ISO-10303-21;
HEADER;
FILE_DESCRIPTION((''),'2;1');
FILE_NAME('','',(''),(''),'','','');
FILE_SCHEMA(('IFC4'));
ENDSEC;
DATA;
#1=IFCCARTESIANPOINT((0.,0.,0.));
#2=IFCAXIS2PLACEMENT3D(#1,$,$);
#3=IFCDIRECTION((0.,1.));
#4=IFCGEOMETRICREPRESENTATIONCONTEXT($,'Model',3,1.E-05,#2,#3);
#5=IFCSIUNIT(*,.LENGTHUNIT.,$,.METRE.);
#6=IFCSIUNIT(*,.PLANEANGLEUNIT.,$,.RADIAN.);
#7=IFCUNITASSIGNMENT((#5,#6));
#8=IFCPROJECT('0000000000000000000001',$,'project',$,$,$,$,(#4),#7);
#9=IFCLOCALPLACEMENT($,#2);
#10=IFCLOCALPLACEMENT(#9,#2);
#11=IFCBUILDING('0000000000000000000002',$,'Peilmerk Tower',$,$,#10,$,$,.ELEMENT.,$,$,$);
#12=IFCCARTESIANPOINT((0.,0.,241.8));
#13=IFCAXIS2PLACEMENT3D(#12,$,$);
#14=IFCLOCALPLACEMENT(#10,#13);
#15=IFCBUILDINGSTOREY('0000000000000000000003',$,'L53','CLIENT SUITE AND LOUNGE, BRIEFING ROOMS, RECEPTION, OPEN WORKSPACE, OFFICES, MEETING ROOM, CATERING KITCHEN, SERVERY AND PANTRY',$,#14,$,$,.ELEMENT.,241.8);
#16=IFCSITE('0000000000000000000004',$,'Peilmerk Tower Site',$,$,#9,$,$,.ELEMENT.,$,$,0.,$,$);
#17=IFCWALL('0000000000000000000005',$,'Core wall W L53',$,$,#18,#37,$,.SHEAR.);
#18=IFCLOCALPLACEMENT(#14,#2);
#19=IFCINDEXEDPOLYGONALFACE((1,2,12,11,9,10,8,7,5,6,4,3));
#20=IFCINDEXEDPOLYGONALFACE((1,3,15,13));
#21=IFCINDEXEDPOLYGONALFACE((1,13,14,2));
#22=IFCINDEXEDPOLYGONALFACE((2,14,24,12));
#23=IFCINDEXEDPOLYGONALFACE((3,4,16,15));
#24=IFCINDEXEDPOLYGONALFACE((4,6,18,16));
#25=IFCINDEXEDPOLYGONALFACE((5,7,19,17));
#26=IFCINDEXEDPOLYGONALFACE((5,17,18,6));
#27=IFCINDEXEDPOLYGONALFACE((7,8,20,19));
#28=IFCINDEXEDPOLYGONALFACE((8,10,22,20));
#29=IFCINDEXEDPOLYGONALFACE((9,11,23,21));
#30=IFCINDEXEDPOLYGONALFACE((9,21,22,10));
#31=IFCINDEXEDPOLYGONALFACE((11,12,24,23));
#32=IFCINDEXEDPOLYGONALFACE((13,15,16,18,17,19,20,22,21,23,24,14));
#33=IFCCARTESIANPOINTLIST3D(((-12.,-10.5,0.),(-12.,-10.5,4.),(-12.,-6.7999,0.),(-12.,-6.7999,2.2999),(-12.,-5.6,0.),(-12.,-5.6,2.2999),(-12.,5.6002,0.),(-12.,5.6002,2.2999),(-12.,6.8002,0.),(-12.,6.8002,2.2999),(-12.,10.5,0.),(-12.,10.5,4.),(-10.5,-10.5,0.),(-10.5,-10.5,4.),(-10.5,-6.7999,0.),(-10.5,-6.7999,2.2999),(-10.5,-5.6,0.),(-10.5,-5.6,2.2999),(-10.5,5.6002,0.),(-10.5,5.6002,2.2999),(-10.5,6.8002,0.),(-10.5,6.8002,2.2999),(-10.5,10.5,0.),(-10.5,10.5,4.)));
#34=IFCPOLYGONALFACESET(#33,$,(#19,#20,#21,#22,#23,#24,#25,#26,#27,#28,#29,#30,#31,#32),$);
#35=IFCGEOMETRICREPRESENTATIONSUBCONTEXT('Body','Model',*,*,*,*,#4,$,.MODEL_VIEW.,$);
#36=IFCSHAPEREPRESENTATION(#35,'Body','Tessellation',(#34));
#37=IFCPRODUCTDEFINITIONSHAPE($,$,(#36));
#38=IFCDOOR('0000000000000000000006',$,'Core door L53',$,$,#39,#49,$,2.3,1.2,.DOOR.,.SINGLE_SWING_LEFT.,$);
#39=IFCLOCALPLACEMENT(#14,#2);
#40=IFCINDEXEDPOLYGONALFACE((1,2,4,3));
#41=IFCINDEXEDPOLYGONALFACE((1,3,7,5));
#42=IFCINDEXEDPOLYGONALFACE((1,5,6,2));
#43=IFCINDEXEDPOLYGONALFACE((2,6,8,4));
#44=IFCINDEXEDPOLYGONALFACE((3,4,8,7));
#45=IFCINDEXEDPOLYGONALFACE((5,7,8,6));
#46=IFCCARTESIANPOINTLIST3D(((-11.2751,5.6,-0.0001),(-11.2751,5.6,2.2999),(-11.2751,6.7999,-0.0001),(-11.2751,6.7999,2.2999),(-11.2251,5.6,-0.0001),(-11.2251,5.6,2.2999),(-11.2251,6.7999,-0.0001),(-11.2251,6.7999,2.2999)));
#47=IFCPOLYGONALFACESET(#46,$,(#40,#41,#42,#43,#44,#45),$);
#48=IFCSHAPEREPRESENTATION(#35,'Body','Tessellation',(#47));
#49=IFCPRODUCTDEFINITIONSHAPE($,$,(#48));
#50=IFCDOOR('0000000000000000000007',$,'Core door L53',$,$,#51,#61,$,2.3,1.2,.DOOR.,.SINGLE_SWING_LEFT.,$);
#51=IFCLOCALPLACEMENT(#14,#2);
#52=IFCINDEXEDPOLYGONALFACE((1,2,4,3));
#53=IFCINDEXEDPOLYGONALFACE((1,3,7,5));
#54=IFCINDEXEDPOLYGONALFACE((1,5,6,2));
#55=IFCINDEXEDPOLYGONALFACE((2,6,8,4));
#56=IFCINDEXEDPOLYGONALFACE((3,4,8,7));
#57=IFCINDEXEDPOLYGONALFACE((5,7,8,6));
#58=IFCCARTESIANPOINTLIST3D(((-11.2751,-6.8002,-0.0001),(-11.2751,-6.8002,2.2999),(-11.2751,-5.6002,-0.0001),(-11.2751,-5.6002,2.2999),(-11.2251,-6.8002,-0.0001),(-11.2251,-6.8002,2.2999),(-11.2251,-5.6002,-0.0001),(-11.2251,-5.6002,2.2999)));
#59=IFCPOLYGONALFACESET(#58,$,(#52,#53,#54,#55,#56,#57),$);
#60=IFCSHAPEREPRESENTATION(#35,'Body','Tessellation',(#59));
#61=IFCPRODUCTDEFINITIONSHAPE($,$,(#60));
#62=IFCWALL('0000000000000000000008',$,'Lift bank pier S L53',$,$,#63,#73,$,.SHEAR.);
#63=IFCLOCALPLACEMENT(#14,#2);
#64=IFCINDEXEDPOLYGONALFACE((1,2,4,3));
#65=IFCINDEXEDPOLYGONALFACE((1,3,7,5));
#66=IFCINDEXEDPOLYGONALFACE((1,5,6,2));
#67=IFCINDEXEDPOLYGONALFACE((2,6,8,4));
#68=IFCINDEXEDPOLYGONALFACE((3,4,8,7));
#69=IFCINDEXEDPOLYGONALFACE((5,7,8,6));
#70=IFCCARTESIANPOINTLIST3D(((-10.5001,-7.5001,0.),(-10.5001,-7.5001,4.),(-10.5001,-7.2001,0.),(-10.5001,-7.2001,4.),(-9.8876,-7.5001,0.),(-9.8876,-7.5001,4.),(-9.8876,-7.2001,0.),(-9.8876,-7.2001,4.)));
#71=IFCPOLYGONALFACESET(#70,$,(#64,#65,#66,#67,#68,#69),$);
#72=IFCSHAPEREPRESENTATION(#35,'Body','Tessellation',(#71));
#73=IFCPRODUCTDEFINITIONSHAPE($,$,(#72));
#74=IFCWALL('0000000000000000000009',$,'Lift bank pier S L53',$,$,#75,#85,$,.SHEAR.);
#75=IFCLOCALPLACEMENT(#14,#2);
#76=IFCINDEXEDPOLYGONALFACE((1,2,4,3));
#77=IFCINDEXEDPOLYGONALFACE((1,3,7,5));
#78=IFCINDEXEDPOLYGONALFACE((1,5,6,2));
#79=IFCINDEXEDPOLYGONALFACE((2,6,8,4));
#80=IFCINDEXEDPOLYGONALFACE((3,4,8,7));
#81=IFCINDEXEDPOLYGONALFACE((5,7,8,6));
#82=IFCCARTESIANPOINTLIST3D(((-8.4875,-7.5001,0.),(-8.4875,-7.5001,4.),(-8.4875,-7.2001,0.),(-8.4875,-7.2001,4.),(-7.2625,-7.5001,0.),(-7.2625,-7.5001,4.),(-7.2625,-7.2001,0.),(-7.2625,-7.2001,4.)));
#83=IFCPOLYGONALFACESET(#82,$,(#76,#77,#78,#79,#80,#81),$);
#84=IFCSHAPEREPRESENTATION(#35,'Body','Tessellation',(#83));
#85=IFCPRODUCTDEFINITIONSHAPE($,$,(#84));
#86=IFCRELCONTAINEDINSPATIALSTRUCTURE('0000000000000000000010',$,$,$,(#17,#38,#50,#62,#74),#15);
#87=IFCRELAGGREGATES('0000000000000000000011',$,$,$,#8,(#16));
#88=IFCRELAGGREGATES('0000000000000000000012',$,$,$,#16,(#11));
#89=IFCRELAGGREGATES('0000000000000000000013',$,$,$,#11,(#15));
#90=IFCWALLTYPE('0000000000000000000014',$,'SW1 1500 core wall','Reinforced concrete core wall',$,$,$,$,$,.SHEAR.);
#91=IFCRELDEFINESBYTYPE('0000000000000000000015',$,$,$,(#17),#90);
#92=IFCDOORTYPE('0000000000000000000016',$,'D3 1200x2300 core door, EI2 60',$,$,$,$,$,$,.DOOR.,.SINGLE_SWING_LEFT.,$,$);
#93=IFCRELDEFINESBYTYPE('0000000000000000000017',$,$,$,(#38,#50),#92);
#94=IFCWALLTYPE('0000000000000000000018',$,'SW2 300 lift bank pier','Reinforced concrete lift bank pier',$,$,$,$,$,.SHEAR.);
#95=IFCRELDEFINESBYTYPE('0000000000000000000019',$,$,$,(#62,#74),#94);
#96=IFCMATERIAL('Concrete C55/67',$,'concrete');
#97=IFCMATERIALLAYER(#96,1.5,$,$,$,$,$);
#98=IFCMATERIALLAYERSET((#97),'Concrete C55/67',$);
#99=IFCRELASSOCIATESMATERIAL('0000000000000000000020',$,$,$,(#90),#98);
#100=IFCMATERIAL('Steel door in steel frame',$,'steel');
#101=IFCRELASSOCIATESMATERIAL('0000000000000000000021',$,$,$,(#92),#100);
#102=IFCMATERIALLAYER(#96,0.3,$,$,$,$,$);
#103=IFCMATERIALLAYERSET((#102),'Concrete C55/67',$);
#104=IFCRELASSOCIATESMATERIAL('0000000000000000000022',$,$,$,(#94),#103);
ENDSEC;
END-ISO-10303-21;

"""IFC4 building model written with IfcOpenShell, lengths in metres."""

from ifc_helpers import new_model, si_unit, direction, frame, frame_2d, origin, place, context, subcontext, project, spatial, rectangle, extrude, material, layer, layer_set, type_object, element, fill, save


model = new_model("IFC4")

# Units and contexts
model_context = context("Model", 3, precision=1e-05, world=origin(), true_north=direction((0.0, 1.0)))
body_context = subcontext(model_context, "Body", "Model", "MODEL_VIEW")
ifc_project = project(units=[si_unit("LENGTHUNIT", "METRE"), si_unit("PLANEANGLEUNIT", "RADIAN")], contexts=[model_context])

# Site, building, storey
site_placement = place(None, origin())
site = spatial("IfcSite", under=ifc_project, at=site_placement, Name="Peilmerk Tower Site", CompositionType="ELEMENT", RefElevation=0.0)
building_placement = place(site_placement, origin())
building = spatial("IfcBuilding", under=site, at=building_placement, Name="Peilmerk Tower", CompositionType="ELEMENT")
storey_placement = place(building_placement, frame((0.0, 0.0, 241.8)))
storey = spatial("IfcBuildingStorey", under=building, at=storey_placement, Name="L53", Description="CLIENT SUITE AND LOUNGE, BRIEFING ROOMS, RECEPTION, OPEN WORKSPACE, OFFICES, MEETING ROOM, CATERING KITCHEN, SERVERY AND PANTRY", CompositionType="ELEMENT", Elevation=241.8)

# Wall, openings, doors
ifc_material_1 = material(Name="Concrete C55/67", Category="concrete")
ifc_layer_1 = layer(ifc_material_1, 1.5)
ifc_layer_set_1 = layer_set([ifc_layer_1], Name="Concrete C55/67")
wall_type_1 = type_object("IfcWallType", Name="SW1 1500 core wall", Description="Reinforced concrete core wall", PredefinedType="SHEAR", material=ifc_layer_set_1)
wall_1_placement = place(storey_placement, frame((-11.25, -10.5, 0.0), z_axis=(0.0, 0.0, 1.0), x_axis=(0.0, 1.0, 0.0)))
wall_1 = element("IfcWall", 1, at=wall_1_placement, inside=storey, type_object=wall_type_1, Name="Core wall W L53", PredefinedType="SHEAR", context=body_context, shape_type="SweptSolid", body=[
    extrude(rectangle(XDim=21.0, YDim=1.5, at=frame_2d((10.5, 0.0))), origin(), (0.0, 0.0, 1.0), 4.0),
])
opening_1_placement = place(wall_1_placement, frame((16.1001, 0.0, 0.0)))
opening_1 = element("IfcOpeningElement", 2, at=opening_1_placement, cuts=wall_1, PredefinedType="OPENING", context=body_context, shape_type="SweptSolid", body=[
    extrude(rectangle(XDim=1.2, YDim=2.3, at=frame_2d((0.6001, 1.1499))), frame((0.0, 0.76, 0.0), z_axis=(0.0, -1.0, 0.0), x_axis=(1.0, 0.0, 0.0)), (0.0, 0.0, 1.0), 1.52),
])
opening_2_placement = place(wall_1_placement, frame((3.7, 0.0, 0.0)))
opening_2 = element("IfcOpeningElement", 3, at=opening_2_placement, cuts=wall_1, PredefinedType="OPENING", context=body_context, shape_type="SweptSolid", body=[
    extrude(rectangle(XDim=1.2, YDim=2.3, at=frame_2d((0.6001, 1.1499))), frame((0.0, 0.76, 0.0), z_axis=(0.0, -1.0, 0.0), x_axis=(1.0, 0.0, 0.0)), (0.0, 0.0, 1.0), 1.52),
])
ifc_material_2 = material(Name="Steel door in steel frame", Category="steel")
door_type_1 = type_object("IfcDoorType", Name="D3 1200x2300 core door, EI2 60", OperationType="SINGLE_SWING_LEFT", PredefinedType="DOOR", material=ifc_material_2)
door_1_placement = place(opening_1_placement, frame((1.2, 0.0, 0.0), z_axis=(0.0, 0.0, 1.0), x_axis=(-1.0, 0.0, 0.0)))
door_1 = element("IfcDoor", 4, at=door_1_placement, inside=storey, type_object=door_type_1, Name="Core door L53", OperationType="SINGLE_SWING_LEFT", OverallHeight=2.3, OverallWidth=1.2, PredefinedType="DOOR", context=body_context, shape_type="SweptSolid", body=[
    extrude(rectangle(XDim=1.2, YDim=2.3, at=frame_2d((0.6001, 1.1499))), frame((0.0, 0.0249, 0.0), z_axis=(0.0, -1.0, 0.0), x_axis=(1.0, 0.0, 0.0)), (0.0, 0.0, 1.0), 0.05),
])
fill(opening_1, door_1)
door_2_placement = place(opening_2_placement, frame((1.2, 0.0, 0.0), z_axis=(0.0, 0.0, 1.0), x_axis=(-1.0, 0.0, 0.0)))
door_2 = element("IfcDoor", 5, at=door_2_placement, inside=storey, type_object=door_type_1, Name="Core door L53", OperationType="SINGLE_SWING_LEFT", OverallHeight=2.3, OverallWidth=1.2, PredefinedType="DOOR", context=body_context, shape_type="SweptSolid", body=[
    extrude(rectangle(XDim=1.2, YDim=2.3, at=frame_2d((0.6001, 1.1499))), frame((0.0, 0.0249, 0.0), z_axis=(0.0, -1.0, 0.0), x_axis=(1.0, 0.0, 0.0)), (0.0, 0.0, 1.0), 0.05),
])
fill(opening_2, door_2)

# Walls
ifc_layer_2 = layer(ifc_material_1, 0.3)
ifc_layer_set_2 = layer_set([ifc_layer_2], Name="Concrete C55/67")
wall_type_2 = type_object("IfcWallType", Name="SW2 300 lift bank pier", Description="Reinforced concrete lift bank pier", PredefinedType="SHEAR", material=ifc_layer_set_2)
wall_2_placement = place(storey_placement, frame((-10.5, -7.3501, 0.0), z_axis=(0.0, 0.0, 1.0), x_axis=(1.0, 0.0, 0.0)))
element("IfcWall", 6, at=wall_2_placement, inside=storey, type_object=wall_type_2, Name="Lift bank pier S L53", PredefinedType="SHEAR", context=body_context, shape_type="SweptSolid", body=[
    extrude(rectangle(XDim=0.6125, YDim=0.3, at=frame_2d((0.3062, 0.0))), origin(), (0.0, 0.0, 1.0), 4.0),
])
wall_3_placement = place(storey_placement, frame((-8.4875, -7.3501, 0.0), z_axis=(0.0, 0.0, 1.0), x_axis=(1.0, 0.0, 0.0)))
element("IfcWall", 7, at=wall_3_placement, inside=storey, type_object=wall_type_2, Name="Lift bank pier S L53", PredefinedType="SHEAR", context=body_context, shape_type="SweptSolid", body=[
    extrude(rectangle(XDim=1.2251, YDim=0.3, at=frame_2d((0.6125, 0.0))), origin(), (0.0, 0.0, 1.0), 4.0),
])

save(model, "model.ifc")
